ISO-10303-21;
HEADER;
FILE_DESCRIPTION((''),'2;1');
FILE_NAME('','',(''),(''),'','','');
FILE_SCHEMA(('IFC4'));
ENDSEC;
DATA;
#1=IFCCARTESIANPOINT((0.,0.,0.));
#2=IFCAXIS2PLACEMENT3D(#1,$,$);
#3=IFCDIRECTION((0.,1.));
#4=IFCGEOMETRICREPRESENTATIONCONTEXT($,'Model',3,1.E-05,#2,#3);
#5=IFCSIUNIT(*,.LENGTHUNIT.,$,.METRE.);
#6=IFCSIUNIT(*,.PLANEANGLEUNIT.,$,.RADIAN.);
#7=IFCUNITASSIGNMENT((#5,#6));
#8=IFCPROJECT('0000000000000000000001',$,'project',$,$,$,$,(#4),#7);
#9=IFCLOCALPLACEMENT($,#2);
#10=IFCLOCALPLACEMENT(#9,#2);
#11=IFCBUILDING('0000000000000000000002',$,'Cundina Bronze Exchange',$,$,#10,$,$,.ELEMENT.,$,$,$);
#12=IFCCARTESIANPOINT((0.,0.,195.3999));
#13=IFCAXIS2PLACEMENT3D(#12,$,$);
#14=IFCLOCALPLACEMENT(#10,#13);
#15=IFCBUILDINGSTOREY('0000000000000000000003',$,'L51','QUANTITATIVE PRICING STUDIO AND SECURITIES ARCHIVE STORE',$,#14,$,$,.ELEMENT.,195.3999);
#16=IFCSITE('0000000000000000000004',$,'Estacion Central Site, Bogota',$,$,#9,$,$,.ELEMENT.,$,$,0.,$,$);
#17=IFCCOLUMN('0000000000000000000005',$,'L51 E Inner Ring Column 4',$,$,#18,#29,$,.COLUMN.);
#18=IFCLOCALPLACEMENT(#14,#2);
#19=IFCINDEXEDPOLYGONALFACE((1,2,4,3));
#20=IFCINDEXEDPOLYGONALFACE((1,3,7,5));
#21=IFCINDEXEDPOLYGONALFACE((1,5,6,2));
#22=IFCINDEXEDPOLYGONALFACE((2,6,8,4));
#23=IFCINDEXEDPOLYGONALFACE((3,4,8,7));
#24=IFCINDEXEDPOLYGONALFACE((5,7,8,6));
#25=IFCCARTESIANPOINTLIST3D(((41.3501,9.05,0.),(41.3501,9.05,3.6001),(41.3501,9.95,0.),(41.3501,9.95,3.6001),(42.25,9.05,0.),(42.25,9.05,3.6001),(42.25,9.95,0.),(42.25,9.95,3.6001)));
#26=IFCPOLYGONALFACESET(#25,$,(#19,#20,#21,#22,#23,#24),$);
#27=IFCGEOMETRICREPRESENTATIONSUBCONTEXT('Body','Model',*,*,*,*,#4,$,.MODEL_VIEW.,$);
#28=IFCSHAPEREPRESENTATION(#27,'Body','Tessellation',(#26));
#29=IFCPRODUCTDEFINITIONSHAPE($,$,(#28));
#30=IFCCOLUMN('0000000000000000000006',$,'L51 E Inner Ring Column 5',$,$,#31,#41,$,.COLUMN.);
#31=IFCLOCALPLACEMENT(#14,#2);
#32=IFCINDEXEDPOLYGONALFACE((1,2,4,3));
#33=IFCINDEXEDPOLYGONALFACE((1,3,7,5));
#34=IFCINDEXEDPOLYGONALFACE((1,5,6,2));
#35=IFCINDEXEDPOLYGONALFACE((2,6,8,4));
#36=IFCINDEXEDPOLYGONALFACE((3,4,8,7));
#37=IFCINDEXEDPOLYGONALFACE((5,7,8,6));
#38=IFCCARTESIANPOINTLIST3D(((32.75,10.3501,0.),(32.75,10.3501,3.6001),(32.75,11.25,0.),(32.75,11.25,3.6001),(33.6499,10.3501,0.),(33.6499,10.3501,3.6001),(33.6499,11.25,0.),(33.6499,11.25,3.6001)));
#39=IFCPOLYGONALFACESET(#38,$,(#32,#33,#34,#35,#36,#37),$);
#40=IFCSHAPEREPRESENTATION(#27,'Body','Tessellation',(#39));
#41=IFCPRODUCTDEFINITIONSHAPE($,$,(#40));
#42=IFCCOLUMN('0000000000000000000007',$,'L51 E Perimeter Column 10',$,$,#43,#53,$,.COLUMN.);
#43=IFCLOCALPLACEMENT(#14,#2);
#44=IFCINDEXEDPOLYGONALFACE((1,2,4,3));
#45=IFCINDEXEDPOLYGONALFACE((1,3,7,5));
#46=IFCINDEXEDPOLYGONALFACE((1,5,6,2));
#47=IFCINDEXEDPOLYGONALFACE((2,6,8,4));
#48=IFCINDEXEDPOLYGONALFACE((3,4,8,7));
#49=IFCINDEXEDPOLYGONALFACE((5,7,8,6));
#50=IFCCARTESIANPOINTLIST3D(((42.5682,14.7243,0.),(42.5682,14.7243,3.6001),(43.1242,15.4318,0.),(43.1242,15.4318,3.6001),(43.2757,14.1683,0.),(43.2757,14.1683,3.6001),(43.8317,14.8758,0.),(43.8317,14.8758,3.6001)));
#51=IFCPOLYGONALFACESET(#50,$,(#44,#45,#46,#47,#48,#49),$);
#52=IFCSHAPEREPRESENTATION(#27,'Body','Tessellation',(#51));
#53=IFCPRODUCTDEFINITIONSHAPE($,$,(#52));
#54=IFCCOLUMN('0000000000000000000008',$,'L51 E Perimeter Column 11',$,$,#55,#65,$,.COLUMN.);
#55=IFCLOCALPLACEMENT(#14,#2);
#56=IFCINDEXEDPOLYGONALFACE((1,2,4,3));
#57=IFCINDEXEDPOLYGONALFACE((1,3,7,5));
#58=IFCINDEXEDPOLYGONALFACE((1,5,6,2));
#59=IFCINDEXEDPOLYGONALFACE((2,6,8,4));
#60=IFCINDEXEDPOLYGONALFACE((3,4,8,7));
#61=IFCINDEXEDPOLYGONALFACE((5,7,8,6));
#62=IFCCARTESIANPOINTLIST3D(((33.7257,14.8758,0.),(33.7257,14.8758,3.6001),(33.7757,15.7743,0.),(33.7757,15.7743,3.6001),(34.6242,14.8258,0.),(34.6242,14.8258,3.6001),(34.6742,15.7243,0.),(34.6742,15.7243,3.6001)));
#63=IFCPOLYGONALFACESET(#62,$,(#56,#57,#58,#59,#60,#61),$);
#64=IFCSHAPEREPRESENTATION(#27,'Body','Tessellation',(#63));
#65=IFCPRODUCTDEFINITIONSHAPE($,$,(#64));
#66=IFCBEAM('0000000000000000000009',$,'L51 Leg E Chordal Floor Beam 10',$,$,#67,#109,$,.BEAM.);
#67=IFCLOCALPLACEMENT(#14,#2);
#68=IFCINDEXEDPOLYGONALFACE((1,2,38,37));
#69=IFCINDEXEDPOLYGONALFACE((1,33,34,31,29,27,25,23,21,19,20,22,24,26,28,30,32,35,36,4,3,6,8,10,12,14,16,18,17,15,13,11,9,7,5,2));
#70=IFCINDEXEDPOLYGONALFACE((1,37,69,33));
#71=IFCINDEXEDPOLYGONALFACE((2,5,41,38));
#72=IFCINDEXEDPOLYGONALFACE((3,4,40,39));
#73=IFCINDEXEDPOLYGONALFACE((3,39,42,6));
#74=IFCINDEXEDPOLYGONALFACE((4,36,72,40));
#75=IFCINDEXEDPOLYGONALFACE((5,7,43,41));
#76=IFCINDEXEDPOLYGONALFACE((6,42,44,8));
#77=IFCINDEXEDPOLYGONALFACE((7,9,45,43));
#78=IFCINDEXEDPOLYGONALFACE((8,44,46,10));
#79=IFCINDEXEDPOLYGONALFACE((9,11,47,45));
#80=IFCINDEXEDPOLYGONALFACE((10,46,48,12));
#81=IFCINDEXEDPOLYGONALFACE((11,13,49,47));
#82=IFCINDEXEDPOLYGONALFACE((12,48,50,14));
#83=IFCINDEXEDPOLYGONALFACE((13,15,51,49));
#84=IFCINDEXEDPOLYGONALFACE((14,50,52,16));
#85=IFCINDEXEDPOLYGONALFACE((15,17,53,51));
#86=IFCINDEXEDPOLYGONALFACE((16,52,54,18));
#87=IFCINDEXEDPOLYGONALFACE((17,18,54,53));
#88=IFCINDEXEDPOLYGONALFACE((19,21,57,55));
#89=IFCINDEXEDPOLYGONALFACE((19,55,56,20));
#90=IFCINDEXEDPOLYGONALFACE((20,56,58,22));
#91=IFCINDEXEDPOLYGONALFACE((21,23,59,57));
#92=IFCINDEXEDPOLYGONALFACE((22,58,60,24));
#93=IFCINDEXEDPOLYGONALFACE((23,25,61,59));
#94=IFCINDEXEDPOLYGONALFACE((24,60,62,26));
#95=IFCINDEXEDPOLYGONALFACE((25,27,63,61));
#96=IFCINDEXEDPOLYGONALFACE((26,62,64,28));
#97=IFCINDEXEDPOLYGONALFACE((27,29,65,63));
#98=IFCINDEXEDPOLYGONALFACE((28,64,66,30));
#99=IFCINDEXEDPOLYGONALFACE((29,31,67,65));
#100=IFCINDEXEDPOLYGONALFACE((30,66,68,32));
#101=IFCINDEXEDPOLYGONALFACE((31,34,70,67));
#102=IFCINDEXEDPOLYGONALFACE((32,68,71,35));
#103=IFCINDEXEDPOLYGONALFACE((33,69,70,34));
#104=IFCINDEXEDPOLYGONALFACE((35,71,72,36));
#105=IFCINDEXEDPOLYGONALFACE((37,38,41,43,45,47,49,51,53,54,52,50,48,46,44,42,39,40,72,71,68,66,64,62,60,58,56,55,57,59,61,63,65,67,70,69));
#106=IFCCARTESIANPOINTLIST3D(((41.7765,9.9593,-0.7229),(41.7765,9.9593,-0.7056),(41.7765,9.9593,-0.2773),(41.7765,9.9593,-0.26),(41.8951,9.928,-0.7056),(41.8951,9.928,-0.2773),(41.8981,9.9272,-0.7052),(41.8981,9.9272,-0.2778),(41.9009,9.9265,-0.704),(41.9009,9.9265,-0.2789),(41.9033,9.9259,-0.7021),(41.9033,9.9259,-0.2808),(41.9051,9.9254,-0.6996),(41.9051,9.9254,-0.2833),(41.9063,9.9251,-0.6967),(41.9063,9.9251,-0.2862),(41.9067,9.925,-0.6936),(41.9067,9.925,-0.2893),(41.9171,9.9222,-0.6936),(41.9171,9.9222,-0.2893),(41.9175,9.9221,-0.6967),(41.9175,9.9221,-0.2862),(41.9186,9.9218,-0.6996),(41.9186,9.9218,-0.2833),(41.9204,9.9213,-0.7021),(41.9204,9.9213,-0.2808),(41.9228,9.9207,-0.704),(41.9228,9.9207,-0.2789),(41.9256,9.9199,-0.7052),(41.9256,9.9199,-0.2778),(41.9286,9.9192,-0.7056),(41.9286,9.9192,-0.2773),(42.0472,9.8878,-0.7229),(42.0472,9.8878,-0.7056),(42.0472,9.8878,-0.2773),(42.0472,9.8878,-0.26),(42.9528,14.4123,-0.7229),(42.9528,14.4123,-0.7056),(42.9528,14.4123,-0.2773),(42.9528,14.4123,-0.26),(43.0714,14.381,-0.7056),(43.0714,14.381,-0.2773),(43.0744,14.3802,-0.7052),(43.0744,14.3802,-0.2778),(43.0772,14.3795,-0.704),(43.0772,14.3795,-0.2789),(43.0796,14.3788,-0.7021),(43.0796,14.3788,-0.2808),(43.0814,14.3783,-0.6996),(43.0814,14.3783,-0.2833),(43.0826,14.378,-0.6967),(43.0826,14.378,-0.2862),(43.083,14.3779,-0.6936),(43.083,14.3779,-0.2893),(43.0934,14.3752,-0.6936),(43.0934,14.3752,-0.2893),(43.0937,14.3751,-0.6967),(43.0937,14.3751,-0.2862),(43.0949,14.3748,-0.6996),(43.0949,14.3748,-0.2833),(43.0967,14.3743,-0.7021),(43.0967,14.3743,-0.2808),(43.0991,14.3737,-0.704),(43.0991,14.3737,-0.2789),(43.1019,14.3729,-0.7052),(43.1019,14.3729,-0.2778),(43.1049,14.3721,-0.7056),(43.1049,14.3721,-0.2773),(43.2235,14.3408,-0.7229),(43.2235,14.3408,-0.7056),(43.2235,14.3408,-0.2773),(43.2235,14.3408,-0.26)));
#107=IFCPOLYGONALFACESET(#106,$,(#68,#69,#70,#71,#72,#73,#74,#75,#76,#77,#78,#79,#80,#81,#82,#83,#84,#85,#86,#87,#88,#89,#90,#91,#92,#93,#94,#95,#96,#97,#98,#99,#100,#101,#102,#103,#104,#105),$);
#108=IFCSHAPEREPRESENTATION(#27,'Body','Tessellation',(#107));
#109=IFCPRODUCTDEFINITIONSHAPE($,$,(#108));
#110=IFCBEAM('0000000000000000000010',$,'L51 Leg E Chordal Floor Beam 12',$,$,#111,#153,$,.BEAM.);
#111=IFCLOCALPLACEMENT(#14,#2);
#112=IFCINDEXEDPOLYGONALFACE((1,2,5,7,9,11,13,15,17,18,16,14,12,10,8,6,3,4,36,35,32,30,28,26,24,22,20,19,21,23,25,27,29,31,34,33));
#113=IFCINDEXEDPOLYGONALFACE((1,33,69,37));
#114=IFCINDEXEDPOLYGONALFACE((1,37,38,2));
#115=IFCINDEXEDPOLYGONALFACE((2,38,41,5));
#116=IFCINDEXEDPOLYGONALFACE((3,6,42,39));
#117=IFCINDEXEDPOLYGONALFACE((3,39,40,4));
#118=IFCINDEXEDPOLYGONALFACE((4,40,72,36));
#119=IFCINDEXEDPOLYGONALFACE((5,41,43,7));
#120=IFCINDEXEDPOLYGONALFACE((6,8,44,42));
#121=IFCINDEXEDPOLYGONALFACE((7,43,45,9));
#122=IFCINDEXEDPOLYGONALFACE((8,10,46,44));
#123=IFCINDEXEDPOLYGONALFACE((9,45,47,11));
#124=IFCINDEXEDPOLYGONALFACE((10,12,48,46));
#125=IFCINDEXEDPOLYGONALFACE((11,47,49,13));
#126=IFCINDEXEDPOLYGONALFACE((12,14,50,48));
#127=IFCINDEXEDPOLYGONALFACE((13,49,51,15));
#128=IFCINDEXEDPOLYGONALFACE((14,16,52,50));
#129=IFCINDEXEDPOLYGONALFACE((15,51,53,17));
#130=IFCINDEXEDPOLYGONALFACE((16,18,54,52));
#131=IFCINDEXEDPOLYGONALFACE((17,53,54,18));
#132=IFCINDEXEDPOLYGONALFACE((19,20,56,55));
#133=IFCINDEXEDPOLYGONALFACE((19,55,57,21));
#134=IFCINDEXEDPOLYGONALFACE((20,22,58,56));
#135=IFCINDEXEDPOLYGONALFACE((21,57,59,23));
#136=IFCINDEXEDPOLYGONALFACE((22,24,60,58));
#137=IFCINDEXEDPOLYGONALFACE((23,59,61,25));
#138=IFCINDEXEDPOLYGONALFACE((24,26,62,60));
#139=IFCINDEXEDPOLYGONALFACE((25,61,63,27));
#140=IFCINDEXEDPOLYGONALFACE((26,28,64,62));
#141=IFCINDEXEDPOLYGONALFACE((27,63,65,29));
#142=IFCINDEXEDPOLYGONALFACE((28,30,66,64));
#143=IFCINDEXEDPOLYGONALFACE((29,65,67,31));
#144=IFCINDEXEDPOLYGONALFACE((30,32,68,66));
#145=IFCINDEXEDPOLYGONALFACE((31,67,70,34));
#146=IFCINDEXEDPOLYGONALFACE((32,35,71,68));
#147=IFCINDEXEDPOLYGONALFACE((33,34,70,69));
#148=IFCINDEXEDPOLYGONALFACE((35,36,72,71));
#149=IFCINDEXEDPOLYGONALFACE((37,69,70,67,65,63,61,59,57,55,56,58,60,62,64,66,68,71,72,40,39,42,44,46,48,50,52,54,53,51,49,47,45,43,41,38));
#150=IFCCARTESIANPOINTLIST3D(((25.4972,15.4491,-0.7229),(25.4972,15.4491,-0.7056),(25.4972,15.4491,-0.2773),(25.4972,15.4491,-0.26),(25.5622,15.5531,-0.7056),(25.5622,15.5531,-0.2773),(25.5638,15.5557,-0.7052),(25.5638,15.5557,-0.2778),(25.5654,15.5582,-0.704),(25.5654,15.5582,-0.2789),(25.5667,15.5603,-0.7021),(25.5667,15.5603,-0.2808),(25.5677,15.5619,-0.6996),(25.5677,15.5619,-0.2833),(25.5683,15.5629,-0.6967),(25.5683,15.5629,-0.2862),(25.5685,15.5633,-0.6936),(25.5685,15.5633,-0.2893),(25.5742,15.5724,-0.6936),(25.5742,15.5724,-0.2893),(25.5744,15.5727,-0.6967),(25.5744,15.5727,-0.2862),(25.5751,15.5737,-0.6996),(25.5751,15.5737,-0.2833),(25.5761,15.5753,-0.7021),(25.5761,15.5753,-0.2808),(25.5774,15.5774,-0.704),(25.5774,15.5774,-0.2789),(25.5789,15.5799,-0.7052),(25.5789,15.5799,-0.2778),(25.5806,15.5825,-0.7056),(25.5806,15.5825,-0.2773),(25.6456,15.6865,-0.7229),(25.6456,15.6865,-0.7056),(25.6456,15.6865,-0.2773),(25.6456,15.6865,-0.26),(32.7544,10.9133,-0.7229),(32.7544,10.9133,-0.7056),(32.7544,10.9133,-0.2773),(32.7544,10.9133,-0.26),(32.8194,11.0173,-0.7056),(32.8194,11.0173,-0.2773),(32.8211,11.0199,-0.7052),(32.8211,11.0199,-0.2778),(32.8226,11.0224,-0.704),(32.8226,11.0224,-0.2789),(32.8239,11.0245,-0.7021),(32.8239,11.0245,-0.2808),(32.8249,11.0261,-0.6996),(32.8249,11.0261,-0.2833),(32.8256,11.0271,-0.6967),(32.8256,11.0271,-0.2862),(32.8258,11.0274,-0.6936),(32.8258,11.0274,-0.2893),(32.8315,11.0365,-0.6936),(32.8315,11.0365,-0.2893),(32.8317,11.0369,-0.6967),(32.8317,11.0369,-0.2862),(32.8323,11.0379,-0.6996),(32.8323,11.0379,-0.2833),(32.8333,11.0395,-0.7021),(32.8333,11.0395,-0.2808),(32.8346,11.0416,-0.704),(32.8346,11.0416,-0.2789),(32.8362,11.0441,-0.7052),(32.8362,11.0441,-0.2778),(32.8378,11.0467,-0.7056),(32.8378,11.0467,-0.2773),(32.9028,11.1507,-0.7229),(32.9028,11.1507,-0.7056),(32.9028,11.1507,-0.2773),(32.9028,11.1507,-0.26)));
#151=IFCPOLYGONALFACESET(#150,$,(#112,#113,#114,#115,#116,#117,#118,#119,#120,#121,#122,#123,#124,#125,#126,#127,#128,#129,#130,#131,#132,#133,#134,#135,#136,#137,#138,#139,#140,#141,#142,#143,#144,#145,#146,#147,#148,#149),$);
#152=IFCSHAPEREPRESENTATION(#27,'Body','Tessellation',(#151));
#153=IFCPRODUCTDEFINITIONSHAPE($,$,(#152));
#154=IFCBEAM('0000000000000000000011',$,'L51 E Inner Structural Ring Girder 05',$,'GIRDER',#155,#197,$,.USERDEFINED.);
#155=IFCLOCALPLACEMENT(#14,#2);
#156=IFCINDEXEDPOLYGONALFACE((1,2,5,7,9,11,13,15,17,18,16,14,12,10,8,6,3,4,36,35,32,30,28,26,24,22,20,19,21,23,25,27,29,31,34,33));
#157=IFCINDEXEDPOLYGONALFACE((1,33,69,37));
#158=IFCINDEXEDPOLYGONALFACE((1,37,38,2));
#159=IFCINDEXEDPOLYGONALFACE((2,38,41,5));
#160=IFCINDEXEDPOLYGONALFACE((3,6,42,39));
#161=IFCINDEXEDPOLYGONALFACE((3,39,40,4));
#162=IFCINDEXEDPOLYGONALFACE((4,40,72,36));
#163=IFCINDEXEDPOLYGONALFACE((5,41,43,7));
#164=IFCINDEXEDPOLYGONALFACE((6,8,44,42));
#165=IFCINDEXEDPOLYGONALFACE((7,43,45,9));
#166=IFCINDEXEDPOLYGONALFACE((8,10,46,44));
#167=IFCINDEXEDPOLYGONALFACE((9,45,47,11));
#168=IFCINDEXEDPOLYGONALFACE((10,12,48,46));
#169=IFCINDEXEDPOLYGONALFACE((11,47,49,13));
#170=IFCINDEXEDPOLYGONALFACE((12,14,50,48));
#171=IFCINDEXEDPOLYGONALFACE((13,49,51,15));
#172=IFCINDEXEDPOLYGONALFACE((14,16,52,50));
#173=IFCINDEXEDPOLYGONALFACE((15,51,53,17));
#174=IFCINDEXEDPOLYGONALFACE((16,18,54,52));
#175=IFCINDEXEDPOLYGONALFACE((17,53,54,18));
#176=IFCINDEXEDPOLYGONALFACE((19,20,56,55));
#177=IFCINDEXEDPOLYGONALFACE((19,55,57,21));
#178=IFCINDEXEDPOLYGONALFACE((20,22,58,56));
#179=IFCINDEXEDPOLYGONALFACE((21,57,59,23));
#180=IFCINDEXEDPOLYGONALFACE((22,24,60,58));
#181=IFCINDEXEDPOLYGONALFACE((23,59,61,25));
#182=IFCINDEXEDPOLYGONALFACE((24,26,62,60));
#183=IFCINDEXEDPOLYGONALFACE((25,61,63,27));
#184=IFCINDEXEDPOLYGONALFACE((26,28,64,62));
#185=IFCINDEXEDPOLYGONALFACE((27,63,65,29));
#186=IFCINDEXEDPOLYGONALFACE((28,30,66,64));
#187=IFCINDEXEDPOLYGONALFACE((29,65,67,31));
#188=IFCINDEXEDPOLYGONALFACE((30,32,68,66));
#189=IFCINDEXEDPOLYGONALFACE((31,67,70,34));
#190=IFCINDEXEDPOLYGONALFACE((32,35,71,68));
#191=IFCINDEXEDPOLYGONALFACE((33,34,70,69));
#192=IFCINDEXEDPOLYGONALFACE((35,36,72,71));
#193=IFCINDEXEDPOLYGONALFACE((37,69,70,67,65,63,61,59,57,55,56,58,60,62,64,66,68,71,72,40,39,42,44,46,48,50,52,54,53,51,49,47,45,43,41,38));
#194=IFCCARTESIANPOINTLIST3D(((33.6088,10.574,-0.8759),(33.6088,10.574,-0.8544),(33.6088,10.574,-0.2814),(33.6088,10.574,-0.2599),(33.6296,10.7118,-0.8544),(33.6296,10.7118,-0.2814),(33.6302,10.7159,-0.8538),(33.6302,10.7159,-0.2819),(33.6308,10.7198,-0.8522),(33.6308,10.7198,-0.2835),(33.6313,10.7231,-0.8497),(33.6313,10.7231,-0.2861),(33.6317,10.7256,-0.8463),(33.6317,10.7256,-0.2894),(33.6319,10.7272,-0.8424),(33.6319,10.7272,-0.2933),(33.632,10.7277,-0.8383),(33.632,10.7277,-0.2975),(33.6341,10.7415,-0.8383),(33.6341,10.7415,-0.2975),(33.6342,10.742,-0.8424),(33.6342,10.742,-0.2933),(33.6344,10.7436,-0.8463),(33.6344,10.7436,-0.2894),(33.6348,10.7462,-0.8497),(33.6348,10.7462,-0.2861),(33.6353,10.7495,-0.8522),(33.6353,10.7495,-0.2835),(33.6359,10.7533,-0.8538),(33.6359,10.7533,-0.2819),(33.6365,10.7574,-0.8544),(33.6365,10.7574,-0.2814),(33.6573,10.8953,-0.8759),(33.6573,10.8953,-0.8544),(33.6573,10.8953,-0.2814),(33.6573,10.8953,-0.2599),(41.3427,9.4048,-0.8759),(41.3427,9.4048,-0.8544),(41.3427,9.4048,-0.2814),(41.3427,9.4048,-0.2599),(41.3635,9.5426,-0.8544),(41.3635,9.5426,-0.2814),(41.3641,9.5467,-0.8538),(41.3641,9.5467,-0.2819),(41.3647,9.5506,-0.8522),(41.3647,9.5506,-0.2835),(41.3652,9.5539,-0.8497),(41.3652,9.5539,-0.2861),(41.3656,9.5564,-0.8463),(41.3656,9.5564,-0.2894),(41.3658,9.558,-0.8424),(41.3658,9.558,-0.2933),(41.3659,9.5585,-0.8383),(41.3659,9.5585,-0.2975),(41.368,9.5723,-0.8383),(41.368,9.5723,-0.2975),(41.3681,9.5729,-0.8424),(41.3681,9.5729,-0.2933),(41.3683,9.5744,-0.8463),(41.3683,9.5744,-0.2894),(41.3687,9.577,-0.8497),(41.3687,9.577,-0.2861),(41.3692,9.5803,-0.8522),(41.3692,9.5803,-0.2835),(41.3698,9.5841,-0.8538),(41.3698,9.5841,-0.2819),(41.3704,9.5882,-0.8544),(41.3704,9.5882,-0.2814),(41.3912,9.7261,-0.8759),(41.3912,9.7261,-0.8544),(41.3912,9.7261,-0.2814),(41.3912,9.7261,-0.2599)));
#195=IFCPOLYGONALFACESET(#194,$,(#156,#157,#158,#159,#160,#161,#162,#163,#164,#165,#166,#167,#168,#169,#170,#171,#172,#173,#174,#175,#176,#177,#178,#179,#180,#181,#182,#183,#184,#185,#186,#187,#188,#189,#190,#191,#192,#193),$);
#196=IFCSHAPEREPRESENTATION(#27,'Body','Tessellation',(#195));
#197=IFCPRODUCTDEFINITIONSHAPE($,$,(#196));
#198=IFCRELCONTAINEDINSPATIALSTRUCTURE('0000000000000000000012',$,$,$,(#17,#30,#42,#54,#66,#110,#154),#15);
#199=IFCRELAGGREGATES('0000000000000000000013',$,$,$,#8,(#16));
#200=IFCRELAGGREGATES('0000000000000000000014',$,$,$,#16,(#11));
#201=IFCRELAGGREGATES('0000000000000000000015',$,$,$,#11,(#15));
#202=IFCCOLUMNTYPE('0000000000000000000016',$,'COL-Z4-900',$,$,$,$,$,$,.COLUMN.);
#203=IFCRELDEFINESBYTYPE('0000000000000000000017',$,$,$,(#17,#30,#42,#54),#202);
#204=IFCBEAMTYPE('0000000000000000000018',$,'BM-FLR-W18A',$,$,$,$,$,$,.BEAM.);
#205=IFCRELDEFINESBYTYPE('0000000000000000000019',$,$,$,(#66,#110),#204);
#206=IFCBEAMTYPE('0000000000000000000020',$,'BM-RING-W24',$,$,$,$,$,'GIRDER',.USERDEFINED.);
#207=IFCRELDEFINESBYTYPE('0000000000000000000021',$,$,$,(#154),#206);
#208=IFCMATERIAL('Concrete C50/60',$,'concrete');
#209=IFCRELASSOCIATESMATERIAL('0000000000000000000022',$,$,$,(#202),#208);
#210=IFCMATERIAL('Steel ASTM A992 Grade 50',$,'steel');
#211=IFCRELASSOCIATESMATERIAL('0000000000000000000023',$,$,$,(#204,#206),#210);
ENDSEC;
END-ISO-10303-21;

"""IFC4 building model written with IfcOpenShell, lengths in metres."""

from ifc_helpers import new_model, si_unit, direction, frame, origin, origin_2d, place, context, subcontext, project, spatial, rectangle, i_section, extrude, material, material_profile, profile_set, type_object, element, save


model = new_model("IFC4")

# Units and contexts
model_context = context("Model", 3, precision=1e-05, world=origin(), true_north=direction((0.0, 1.0)))
body_context = subcontext(model_context, "Body", "Model", "MODEL_VIEW")
ifc_project = project(units=[si_unit("LENGTHUNIT", "METRE"), si_unit("PLANEANGLEUNIT", "RADIAN")], contexts=[model_context])

# Site, building, storey
site_placement = place(None, origin())
site = spatial("IfcSite", under=ifc_project, at=site_placement, Name="Estacion Central Site, Bogota", CompositionType="ELEMENT", RefElevation=0.0)
building_placement = place(site_placement, origin())
building = spatial("IfcBuilding", under=site, at=building_placement, Name="Cundina Bronze Exchange", CompositionType="ELEMENT")
storey_placement = place(building_placement, frame((0.0, 0.0, 195.3999)))
storey = spatial("IfcBuildingStorey", under=building, at=storey_placement, Name="L51", Description="QUANTITATIVE PRICING STUDIO AND SECURITIES ARCHIVE STORE", CompositionType="ELEMENT", Elevation=195.3999)

# Columns
ifc_material_1 = material(Name="Concrete C50/60", Category="concrete")
ifc_material_profile_1 = material_profile(ifc_material_1, rectangle(XDim=0.8999, YDim=0.8999, at=origin_2d()), Name="RC900X900", Category="concrete")
ifc_profile_set_1 = profile_set([ifc_material_profile_1], Name="Concrete C50/60")
column_type = type_object("IfcColumnType", Name="COL-Z4-900", PredefinedType="COLUMN", material=ifc_profile_set_1)
for number, where, z_axis, x_axis, name in (
    (1, (41.8, 9.5, 0.0), (0.0, 0.0, 1.0), (1.0, 0.0, 0.0), "L51 E Inner Ring Column 4"),
    (2, (33.2, 10.8, 0.0), (0.0, 0.0, 1.0), (1.0, 0.0, 0.0), "L51 E Inner Ring Column 5"),
    (3, (43.2, 14.8, 0.0), (0.0, 0.0, 1.0), (-0.786288, 0.61786, 0.0), "L51 E Perimeter Column 10"),
    (4, (34.2, 15.3, 0.0), (0.0, 0.0, 1.0), (-0.99846, 0.055473, 0.0), "L51 E Perimeter Column 11"),
):
    element("IfcColumn", number, at=place(storey_placement, frame(where, z_axis=z_axis, x_axis=x_axis)), inside=storey, type_object=column_type, Name=name, PredefinedType="COLUMN", context=body_context, shape_type="SweptSolid", body=[
        extrude(rectangle(XDim=0.8999, YDim=0.8999, at=origin_2d()), origin(), (0.0, 0.0, 1.0), 3.6001),
    ])

# Beams
ifc_material_2 = material(Name="Steel ASTM A992 Grade 50", Category="steel")
ifc_material_profile_2 = material_profile(ifc_material_2, i_section(OverallWidth=0.28, OverallDepth=0.4629, WebThickness=0.0107, FlangeThickness=0.0173, FilletRadius=0.012, at=origin_2d()), Name="W18X76", Category="steel")
ifc_profile_set_2 = profile_set([ifc_material_profile_2], Name="Steel ASTM A992 Grade 50")
beam_type_1 = type_object("IfcBeamType", Name="BM-FLR-W18A", PredefinedType="BEAM", material=ifc_profile_set_2)
beam_1_placement = place(storey_placement, frame((41.9119, 9.9236, -0.4915), z_axis=(0.255399, 0.966836, 0.0), x_axis=(-0.966836, 0.255399, 0.0)))
element("IfcBeam", 5, at=beam_1_placement, inside=storey, type_object=beam_type_1, Name="L51 Leg E Chordal Floor Beam 10", PredefinedType="BEAM", context=body_context, shape_type="SweptSolid", body=[
    extrude(i_section(OverallWidth=0.28, OverallDepth=0.4629, WebThickness=0.0107, FlangeThickness=0.0173, FilletRadius=0.012, at=origin_2d()), origin(), (0.0, 0.0, 1.0), 4.6057),
])
beam_2_placement = place(storey_placement, frame((32.8286, 11.032, -0.4915), z_axis=(-0.847995, 0.530004, 0.0), x_axis=(-0.530004, -0.847995, 0.0)))
element("IfcBeam", 6, at=beam_2_placement, inside=storey, type_object=beam_type_1, Name="L51 Leg E Chordal Floor Beam 12", PredefinedType="BEAM", context=body_context, shape_type="SweptSolid", body=[
    extrude(i_section(OverallWidth=0.28, OverallDepth=0.4629, WebThickness=0.0107, FlangeThickness=0.0173, FilletRadius=0.012, at=origin_2d()), origin(), (0.0, 0.0, 1.0), 8.5581),
])
ifc_material_profile_3 = material_profile(ifc_material_2, i_section(OverallWidth=0.325, OverallDepth=0.616, WebThickness=0.0139, FlangeThickness=0.0215, FilletRadius=0.0161, at=origin_2d()), Name="W24X117", Category="steel")
ifc_profile_set_3 = profile_set([ifc_material_profile_3], Name="Steel ASTM A992 Grade 50")
beam_type_2 = type_object("IfcBeamType", Name="BM-RING-W24", ElementType="GIRDER", PredefinedType="USERDEFINED", material=ifc_profile_set_3)
beam_3_placement = place(storey_placement, frame((41.3669, 9.5654, -0.5679), z_axis=(-0.988765, 0.149479, 0.0), x_axis=(-0.149479, -0.988765, 0.0)))
element("IfcBeam", 7, at=beam_3_placement, inside=storey, type_object=beam_type_2, Name="L51 E Inner Structural Ring Girder 05", ObjectType="GIRDER", PredefinedType="USERDEFINED", context=body_context, shape_type="SweptSolid", body=[
    extrude(i_section(OverallWidth=0.325, OverallDepth=0.616, WebThickness=0.0139, FlangeThickness=0.0215, FilletRadius=0.0161, at=origin_2d()), origin(), (0.0, 0.0, 1.0), 7.8218),
])

save(model, "model.ifc")
